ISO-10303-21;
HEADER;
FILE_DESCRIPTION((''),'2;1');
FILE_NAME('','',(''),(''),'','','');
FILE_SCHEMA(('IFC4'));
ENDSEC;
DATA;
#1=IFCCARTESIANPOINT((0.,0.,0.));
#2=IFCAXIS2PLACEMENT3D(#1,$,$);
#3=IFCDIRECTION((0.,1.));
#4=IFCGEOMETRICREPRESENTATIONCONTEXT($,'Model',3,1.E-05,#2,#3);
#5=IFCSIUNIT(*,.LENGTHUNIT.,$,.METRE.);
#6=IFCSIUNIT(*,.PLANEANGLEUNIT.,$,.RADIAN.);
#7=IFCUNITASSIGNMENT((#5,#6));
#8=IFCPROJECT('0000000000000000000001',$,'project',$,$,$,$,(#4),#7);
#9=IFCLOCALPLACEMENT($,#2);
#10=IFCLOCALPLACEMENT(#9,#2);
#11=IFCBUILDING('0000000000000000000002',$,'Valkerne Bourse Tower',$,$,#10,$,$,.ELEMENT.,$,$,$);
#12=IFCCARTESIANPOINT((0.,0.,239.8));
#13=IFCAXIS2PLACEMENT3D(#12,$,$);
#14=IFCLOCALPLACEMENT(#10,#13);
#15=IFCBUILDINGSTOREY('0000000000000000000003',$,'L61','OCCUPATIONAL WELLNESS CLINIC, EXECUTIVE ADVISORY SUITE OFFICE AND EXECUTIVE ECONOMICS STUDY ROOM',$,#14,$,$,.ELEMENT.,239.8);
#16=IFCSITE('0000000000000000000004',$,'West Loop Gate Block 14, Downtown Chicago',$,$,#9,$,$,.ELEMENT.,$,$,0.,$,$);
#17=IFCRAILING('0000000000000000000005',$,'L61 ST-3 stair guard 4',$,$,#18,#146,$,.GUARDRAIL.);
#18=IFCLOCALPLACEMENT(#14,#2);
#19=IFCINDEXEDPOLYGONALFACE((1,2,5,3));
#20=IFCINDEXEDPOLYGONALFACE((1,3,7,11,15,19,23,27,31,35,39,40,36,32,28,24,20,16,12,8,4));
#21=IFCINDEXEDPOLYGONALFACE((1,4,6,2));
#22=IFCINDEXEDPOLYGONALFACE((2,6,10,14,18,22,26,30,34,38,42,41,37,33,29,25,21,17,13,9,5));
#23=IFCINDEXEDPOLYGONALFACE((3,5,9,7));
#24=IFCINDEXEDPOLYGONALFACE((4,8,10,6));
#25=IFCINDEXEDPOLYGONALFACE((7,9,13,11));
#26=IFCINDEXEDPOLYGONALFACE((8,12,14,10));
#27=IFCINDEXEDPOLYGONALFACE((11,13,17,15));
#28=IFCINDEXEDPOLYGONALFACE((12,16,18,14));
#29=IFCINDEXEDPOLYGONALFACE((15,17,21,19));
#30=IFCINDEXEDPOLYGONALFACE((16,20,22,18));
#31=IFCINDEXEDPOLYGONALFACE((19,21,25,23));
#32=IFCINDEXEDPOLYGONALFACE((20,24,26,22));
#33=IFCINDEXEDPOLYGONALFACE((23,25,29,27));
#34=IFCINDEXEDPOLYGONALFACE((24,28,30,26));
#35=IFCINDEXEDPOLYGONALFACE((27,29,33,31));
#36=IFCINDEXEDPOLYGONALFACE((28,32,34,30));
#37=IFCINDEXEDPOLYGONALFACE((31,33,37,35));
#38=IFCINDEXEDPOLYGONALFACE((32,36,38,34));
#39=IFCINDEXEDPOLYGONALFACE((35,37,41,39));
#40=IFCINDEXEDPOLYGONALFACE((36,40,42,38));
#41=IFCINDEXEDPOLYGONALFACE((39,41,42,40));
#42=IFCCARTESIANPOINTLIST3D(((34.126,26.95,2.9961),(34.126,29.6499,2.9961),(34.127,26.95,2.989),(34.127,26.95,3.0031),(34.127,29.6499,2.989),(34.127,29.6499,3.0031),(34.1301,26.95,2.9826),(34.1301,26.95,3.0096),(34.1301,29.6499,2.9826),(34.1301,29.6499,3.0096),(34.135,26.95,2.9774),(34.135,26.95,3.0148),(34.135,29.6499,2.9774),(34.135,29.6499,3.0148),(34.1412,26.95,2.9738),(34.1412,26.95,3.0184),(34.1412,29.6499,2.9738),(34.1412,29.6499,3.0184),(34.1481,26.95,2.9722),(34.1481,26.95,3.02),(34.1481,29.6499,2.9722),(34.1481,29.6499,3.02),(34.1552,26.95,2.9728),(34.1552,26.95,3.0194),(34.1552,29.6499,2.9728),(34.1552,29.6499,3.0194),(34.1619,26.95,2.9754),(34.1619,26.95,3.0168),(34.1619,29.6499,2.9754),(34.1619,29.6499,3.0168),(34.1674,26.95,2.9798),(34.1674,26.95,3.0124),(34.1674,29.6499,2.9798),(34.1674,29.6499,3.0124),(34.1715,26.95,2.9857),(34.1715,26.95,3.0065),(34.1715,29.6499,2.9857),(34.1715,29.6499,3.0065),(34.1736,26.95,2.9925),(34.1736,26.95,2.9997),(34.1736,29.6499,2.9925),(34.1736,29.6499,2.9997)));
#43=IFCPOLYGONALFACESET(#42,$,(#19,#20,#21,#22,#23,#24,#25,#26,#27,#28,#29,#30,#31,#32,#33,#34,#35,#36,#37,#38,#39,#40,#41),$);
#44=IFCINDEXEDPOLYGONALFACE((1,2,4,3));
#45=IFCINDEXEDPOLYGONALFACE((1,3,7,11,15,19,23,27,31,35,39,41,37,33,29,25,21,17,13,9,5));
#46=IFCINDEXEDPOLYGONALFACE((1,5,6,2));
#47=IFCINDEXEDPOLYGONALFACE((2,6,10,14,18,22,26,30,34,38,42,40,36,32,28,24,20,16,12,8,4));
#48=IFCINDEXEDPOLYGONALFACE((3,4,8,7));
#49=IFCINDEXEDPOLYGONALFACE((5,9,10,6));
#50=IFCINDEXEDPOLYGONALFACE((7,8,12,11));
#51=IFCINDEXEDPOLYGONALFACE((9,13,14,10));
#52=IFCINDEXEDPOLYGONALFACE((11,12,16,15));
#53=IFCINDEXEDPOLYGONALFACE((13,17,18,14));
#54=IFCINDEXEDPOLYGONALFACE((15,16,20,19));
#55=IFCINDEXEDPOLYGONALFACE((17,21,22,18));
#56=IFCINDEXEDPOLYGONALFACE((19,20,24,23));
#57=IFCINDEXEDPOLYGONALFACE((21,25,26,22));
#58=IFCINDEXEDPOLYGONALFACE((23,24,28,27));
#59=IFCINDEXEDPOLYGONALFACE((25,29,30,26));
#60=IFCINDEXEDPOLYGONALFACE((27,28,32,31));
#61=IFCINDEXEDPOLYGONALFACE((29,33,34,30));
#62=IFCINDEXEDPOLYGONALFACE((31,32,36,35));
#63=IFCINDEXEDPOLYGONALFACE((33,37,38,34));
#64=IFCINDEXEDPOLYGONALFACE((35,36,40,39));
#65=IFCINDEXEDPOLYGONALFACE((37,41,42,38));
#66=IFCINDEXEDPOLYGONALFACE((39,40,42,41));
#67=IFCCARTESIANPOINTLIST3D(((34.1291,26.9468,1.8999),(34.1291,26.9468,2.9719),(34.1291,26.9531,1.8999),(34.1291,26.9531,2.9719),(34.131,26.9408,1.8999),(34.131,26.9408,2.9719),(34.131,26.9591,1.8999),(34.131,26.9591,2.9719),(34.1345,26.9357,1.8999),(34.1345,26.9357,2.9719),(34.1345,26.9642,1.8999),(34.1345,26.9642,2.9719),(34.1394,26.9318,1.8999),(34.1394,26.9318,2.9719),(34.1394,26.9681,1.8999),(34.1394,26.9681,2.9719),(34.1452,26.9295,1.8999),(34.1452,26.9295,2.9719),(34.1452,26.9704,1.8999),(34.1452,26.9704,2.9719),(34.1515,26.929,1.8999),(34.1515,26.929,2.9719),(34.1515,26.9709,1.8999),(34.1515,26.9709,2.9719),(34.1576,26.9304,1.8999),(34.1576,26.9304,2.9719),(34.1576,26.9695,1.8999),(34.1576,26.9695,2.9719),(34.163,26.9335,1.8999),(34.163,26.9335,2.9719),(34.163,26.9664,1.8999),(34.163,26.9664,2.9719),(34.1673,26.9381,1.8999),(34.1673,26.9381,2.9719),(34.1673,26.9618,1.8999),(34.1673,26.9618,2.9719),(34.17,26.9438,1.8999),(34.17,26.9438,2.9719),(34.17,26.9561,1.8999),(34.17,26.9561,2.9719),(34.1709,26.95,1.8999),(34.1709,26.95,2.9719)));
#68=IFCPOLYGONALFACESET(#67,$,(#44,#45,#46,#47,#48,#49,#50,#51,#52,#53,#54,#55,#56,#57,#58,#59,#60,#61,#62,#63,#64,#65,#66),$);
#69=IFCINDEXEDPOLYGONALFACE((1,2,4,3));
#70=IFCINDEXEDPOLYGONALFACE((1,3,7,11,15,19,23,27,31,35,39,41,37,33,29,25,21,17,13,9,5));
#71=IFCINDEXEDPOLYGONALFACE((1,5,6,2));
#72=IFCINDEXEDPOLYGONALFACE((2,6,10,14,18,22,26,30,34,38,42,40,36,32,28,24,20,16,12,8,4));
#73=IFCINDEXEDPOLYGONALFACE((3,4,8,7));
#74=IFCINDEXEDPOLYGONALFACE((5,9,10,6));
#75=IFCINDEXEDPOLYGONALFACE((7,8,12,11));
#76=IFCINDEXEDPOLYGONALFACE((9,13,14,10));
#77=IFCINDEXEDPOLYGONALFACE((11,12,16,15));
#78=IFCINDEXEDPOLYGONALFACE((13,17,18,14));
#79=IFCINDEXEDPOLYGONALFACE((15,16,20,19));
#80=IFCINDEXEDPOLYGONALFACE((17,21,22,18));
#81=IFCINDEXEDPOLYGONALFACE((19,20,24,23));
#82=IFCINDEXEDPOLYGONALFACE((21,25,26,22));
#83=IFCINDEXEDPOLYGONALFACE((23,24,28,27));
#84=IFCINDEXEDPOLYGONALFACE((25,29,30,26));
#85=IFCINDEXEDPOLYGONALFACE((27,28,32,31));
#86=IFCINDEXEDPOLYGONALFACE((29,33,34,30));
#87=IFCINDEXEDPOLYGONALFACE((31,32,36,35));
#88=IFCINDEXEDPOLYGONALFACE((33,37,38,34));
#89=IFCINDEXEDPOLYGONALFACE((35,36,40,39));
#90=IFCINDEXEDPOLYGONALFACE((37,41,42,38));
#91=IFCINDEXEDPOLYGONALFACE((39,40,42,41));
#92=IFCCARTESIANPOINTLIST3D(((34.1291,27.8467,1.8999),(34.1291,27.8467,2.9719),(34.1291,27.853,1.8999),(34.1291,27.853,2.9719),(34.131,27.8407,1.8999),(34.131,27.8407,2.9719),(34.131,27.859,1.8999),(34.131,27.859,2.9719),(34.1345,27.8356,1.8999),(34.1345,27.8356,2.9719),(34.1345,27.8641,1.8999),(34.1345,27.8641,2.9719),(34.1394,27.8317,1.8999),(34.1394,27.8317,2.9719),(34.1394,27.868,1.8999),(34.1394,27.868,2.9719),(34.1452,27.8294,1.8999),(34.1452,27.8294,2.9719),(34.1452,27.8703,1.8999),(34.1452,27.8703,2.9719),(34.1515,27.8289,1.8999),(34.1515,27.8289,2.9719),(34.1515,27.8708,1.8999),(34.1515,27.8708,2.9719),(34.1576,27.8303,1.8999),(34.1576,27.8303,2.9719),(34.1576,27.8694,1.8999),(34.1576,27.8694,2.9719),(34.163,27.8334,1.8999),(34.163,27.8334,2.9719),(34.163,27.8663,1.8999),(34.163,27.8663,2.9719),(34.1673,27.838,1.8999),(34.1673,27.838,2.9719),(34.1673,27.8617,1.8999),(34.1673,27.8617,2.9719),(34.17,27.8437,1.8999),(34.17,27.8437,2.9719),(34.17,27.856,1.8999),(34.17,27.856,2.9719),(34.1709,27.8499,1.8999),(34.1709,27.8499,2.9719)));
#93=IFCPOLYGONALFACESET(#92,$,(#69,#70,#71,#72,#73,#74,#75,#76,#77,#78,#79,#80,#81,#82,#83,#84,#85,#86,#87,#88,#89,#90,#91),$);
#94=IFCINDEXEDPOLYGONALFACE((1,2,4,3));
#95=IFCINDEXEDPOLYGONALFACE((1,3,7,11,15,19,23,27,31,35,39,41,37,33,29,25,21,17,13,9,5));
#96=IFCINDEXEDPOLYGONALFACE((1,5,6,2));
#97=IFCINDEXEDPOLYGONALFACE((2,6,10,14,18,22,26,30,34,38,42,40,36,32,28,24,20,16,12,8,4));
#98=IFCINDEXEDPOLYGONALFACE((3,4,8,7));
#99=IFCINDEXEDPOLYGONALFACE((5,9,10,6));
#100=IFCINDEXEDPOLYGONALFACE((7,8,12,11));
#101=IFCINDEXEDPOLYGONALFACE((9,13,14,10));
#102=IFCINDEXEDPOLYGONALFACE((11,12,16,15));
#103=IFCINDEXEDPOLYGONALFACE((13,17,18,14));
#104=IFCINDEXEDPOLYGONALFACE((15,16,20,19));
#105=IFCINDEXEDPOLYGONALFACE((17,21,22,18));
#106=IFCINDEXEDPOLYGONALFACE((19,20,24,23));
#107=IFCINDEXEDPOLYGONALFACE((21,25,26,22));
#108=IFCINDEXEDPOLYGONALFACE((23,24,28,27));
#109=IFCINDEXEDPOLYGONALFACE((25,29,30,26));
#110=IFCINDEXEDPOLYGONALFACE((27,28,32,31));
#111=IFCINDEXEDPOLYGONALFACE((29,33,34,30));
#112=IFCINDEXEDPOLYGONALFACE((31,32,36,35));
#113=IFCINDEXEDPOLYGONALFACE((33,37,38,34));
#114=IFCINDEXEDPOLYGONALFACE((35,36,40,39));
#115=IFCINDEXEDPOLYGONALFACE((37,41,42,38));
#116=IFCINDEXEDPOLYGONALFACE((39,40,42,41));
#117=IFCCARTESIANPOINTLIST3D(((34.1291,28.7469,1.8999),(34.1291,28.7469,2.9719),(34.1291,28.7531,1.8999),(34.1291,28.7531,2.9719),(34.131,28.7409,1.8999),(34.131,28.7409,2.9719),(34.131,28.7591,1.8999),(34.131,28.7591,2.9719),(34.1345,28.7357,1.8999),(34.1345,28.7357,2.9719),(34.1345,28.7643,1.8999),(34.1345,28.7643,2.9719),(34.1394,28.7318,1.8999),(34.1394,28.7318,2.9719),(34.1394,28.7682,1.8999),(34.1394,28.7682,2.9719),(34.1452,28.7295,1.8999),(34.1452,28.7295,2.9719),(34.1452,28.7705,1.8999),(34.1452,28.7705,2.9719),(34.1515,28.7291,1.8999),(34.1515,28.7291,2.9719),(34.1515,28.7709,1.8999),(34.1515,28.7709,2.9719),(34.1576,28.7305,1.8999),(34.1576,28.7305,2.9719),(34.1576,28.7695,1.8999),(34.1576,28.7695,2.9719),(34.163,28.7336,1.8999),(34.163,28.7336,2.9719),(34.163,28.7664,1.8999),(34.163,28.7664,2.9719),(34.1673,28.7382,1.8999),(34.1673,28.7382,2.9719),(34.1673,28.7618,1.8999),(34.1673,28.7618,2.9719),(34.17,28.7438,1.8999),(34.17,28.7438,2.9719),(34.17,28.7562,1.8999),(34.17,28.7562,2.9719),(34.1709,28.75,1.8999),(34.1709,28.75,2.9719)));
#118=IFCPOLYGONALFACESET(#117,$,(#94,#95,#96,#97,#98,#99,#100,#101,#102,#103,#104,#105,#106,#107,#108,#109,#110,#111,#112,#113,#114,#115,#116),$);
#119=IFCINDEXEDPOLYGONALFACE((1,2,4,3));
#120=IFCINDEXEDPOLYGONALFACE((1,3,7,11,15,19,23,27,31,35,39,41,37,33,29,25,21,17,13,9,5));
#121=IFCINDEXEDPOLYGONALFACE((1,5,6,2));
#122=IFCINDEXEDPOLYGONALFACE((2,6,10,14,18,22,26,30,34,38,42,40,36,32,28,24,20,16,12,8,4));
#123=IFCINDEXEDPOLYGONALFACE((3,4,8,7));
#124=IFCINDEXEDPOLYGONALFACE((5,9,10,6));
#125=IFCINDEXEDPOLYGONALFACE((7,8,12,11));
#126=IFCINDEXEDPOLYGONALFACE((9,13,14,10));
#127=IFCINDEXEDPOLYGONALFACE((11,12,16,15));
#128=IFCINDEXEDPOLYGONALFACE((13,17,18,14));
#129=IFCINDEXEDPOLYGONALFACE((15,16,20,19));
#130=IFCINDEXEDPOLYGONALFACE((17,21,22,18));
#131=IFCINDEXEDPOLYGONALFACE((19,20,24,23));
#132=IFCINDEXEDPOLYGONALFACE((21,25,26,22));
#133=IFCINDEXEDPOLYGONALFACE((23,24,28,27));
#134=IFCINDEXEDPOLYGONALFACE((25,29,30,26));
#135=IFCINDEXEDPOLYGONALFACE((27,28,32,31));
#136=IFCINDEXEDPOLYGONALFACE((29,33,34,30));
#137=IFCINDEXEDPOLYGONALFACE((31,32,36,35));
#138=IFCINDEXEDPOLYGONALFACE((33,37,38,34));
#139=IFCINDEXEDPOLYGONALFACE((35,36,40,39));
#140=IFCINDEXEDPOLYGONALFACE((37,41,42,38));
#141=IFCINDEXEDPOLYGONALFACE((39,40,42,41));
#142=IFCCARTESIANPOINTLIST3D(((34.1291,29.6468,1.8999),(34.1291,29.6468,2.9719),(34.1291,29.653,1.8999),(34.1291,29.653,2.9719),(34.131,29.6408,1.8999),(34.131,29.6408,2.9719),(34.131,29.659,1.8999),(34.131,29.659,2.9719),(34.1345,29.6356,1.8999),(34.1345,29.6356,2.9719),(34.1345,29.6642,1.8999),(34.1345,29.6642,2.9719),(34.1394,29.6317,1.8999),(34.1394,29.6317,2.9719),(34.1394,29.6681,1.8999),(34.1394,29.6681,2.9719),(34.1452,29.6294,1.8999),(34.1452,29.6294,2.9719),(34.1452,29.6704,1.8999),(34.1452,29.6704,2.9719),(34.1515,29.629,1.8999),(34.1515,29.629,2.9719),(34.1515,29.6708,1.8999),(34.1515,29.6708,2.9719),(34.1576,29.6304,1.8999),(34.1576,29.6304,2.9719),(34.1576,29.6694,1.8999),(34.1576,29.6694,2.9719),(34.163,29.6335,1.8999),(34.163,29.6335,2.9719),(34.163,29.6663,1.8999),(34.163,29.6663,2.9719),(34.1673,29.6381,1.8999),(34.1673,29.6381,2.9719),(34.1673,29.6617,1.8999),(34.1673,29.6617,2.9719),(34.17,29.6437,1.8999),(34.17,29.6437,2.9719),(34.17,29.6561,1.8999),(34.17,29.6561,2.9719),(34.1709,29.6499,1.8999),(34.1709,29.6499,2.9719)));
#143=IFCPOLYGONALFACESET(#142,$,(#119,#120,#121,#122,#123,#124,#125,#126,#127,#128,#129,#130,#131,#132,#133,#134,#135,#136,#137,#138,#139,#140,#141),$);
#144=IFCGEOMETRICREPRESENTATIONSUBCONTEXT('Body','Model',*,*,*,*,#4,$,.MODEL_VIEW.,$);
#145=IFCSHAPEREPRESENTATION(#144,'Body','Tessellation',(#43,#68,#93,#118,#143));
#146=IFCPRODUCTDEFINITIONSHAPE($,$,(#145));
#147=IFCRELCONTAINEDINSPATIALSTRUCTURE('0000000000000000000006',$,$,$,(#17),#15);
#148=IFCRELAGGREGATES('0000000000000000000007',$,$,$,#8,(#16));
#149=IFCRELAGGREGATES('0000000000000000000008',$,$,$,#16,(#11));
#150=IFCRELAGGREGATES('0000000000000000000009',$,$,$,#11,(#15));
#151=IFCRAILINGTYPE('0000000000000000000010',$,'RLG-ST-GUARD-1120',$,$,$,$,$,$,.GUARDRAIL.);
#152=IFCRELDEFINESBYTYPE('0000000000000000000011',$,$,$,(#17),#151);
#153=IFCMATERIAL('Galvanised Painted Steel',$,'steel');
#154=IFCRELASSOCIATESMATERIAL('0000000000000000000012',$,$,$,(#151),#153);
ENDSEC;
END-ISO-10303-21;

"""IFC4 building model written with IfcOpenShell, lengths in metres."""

from ifc_helpers import new_model, si_unit, direction, frame, origin, origin_2d, place, context, subcontext, project, spatial, circle, extrude, material, type_object, element, save


model = new_model("IFC4")

# Units and contexts
model_context = context("Model", 3, precision=1e-05, world=origin(), true_north=direction((0.0, 1.0)))
body_context = subcontext(model_context, "Body", "Model", "MODEL_VIEW")
ifc_project = project(units=[si_unit("LENGTHUNIT", "METRE"), si_unit("PLANEANGLEUNIT", "RADIAN")], contexts=[model_context])

# Site, building, storey
site_placement = place(None, origin())
site = spatial("IfcSite", under=ifc_project, at=site_placement, Name="West Loop Gate Block 14, Downtown Chicago", CompositionType="ELEMENT", RefElevation=0.0)
building_placement = place(site_placement, origin())
building = spatial("IfcBuilding", under=site, at=building_placement, Name="Valkerne Bourse Tower", CompositionType="ELEMENT")
storey_placement = place(building_placement, frame((0.0, 0.0, 239.8)))
storey = spatial("IfcBuildingStorey", under=building, at=storey_placement, Name="L61", Description="OCCUPATIONAL WELLNESS CLINIC, EXECUTIVE ADVISORY SUITE OFFICE AND EXECUTIVE ECONOMICS STUDY ROOM", CompositionType="ELEMENT", Elevation=239.8)

# Railing
ifc_material_1 = material(Name="Galvanised Painted Steel", Category="steel")
railing_type_1 = type_object("IfcRailingType", Name="RLG-ST-GUARD-1120", PredefinedType="GUARDRAIL", material=ifc_material_1)
for number, where, name in (
    (1, (34.1499, 26.95, 1.8999), "L61 ST-3 stair guard 4"),
):
    element("IfcRailing", number, at=place(storey_placement, frame(where)), inside=storey, type_object=railing_type_1, Name=name, PredefinedType="GUARDRAIL", context=body_context, shape_type="SweptSolid", body=[
        extrude(circle(Radius=0.0239, at=origin_2d()), frame((0.0, 0.0, 1.0962), z_axis=(0.0, 1.0, 0.0), x_axis=(-1.0, 0.0, 0.0)), (0.0, 0.0, 1.0), 2.7),
        extrude(circle(Radius=0.021, at=origin_2d()), origin(), (0.0, 0.0, 1.0), 1.072),
        extrude(circle(Radius=0.021, at=origin_2d()), frame((0.0, 0.8999, 0.0)), (0.0, 0.0, 1.0), 1.072),
        extrude(circle(Radius=0.021, at=origin_2d()), frame((0.0, 1.8, 0.0)), (0.0, 0.0, 1.0), 1.072),
        extrude(circle(Radius=0.021, at=origin_2d()), frame((0.0, 2.7, 0.0)), (0.0, 0.0, 1.0), 1.072),
    ])

save(model, "model.ifc")
